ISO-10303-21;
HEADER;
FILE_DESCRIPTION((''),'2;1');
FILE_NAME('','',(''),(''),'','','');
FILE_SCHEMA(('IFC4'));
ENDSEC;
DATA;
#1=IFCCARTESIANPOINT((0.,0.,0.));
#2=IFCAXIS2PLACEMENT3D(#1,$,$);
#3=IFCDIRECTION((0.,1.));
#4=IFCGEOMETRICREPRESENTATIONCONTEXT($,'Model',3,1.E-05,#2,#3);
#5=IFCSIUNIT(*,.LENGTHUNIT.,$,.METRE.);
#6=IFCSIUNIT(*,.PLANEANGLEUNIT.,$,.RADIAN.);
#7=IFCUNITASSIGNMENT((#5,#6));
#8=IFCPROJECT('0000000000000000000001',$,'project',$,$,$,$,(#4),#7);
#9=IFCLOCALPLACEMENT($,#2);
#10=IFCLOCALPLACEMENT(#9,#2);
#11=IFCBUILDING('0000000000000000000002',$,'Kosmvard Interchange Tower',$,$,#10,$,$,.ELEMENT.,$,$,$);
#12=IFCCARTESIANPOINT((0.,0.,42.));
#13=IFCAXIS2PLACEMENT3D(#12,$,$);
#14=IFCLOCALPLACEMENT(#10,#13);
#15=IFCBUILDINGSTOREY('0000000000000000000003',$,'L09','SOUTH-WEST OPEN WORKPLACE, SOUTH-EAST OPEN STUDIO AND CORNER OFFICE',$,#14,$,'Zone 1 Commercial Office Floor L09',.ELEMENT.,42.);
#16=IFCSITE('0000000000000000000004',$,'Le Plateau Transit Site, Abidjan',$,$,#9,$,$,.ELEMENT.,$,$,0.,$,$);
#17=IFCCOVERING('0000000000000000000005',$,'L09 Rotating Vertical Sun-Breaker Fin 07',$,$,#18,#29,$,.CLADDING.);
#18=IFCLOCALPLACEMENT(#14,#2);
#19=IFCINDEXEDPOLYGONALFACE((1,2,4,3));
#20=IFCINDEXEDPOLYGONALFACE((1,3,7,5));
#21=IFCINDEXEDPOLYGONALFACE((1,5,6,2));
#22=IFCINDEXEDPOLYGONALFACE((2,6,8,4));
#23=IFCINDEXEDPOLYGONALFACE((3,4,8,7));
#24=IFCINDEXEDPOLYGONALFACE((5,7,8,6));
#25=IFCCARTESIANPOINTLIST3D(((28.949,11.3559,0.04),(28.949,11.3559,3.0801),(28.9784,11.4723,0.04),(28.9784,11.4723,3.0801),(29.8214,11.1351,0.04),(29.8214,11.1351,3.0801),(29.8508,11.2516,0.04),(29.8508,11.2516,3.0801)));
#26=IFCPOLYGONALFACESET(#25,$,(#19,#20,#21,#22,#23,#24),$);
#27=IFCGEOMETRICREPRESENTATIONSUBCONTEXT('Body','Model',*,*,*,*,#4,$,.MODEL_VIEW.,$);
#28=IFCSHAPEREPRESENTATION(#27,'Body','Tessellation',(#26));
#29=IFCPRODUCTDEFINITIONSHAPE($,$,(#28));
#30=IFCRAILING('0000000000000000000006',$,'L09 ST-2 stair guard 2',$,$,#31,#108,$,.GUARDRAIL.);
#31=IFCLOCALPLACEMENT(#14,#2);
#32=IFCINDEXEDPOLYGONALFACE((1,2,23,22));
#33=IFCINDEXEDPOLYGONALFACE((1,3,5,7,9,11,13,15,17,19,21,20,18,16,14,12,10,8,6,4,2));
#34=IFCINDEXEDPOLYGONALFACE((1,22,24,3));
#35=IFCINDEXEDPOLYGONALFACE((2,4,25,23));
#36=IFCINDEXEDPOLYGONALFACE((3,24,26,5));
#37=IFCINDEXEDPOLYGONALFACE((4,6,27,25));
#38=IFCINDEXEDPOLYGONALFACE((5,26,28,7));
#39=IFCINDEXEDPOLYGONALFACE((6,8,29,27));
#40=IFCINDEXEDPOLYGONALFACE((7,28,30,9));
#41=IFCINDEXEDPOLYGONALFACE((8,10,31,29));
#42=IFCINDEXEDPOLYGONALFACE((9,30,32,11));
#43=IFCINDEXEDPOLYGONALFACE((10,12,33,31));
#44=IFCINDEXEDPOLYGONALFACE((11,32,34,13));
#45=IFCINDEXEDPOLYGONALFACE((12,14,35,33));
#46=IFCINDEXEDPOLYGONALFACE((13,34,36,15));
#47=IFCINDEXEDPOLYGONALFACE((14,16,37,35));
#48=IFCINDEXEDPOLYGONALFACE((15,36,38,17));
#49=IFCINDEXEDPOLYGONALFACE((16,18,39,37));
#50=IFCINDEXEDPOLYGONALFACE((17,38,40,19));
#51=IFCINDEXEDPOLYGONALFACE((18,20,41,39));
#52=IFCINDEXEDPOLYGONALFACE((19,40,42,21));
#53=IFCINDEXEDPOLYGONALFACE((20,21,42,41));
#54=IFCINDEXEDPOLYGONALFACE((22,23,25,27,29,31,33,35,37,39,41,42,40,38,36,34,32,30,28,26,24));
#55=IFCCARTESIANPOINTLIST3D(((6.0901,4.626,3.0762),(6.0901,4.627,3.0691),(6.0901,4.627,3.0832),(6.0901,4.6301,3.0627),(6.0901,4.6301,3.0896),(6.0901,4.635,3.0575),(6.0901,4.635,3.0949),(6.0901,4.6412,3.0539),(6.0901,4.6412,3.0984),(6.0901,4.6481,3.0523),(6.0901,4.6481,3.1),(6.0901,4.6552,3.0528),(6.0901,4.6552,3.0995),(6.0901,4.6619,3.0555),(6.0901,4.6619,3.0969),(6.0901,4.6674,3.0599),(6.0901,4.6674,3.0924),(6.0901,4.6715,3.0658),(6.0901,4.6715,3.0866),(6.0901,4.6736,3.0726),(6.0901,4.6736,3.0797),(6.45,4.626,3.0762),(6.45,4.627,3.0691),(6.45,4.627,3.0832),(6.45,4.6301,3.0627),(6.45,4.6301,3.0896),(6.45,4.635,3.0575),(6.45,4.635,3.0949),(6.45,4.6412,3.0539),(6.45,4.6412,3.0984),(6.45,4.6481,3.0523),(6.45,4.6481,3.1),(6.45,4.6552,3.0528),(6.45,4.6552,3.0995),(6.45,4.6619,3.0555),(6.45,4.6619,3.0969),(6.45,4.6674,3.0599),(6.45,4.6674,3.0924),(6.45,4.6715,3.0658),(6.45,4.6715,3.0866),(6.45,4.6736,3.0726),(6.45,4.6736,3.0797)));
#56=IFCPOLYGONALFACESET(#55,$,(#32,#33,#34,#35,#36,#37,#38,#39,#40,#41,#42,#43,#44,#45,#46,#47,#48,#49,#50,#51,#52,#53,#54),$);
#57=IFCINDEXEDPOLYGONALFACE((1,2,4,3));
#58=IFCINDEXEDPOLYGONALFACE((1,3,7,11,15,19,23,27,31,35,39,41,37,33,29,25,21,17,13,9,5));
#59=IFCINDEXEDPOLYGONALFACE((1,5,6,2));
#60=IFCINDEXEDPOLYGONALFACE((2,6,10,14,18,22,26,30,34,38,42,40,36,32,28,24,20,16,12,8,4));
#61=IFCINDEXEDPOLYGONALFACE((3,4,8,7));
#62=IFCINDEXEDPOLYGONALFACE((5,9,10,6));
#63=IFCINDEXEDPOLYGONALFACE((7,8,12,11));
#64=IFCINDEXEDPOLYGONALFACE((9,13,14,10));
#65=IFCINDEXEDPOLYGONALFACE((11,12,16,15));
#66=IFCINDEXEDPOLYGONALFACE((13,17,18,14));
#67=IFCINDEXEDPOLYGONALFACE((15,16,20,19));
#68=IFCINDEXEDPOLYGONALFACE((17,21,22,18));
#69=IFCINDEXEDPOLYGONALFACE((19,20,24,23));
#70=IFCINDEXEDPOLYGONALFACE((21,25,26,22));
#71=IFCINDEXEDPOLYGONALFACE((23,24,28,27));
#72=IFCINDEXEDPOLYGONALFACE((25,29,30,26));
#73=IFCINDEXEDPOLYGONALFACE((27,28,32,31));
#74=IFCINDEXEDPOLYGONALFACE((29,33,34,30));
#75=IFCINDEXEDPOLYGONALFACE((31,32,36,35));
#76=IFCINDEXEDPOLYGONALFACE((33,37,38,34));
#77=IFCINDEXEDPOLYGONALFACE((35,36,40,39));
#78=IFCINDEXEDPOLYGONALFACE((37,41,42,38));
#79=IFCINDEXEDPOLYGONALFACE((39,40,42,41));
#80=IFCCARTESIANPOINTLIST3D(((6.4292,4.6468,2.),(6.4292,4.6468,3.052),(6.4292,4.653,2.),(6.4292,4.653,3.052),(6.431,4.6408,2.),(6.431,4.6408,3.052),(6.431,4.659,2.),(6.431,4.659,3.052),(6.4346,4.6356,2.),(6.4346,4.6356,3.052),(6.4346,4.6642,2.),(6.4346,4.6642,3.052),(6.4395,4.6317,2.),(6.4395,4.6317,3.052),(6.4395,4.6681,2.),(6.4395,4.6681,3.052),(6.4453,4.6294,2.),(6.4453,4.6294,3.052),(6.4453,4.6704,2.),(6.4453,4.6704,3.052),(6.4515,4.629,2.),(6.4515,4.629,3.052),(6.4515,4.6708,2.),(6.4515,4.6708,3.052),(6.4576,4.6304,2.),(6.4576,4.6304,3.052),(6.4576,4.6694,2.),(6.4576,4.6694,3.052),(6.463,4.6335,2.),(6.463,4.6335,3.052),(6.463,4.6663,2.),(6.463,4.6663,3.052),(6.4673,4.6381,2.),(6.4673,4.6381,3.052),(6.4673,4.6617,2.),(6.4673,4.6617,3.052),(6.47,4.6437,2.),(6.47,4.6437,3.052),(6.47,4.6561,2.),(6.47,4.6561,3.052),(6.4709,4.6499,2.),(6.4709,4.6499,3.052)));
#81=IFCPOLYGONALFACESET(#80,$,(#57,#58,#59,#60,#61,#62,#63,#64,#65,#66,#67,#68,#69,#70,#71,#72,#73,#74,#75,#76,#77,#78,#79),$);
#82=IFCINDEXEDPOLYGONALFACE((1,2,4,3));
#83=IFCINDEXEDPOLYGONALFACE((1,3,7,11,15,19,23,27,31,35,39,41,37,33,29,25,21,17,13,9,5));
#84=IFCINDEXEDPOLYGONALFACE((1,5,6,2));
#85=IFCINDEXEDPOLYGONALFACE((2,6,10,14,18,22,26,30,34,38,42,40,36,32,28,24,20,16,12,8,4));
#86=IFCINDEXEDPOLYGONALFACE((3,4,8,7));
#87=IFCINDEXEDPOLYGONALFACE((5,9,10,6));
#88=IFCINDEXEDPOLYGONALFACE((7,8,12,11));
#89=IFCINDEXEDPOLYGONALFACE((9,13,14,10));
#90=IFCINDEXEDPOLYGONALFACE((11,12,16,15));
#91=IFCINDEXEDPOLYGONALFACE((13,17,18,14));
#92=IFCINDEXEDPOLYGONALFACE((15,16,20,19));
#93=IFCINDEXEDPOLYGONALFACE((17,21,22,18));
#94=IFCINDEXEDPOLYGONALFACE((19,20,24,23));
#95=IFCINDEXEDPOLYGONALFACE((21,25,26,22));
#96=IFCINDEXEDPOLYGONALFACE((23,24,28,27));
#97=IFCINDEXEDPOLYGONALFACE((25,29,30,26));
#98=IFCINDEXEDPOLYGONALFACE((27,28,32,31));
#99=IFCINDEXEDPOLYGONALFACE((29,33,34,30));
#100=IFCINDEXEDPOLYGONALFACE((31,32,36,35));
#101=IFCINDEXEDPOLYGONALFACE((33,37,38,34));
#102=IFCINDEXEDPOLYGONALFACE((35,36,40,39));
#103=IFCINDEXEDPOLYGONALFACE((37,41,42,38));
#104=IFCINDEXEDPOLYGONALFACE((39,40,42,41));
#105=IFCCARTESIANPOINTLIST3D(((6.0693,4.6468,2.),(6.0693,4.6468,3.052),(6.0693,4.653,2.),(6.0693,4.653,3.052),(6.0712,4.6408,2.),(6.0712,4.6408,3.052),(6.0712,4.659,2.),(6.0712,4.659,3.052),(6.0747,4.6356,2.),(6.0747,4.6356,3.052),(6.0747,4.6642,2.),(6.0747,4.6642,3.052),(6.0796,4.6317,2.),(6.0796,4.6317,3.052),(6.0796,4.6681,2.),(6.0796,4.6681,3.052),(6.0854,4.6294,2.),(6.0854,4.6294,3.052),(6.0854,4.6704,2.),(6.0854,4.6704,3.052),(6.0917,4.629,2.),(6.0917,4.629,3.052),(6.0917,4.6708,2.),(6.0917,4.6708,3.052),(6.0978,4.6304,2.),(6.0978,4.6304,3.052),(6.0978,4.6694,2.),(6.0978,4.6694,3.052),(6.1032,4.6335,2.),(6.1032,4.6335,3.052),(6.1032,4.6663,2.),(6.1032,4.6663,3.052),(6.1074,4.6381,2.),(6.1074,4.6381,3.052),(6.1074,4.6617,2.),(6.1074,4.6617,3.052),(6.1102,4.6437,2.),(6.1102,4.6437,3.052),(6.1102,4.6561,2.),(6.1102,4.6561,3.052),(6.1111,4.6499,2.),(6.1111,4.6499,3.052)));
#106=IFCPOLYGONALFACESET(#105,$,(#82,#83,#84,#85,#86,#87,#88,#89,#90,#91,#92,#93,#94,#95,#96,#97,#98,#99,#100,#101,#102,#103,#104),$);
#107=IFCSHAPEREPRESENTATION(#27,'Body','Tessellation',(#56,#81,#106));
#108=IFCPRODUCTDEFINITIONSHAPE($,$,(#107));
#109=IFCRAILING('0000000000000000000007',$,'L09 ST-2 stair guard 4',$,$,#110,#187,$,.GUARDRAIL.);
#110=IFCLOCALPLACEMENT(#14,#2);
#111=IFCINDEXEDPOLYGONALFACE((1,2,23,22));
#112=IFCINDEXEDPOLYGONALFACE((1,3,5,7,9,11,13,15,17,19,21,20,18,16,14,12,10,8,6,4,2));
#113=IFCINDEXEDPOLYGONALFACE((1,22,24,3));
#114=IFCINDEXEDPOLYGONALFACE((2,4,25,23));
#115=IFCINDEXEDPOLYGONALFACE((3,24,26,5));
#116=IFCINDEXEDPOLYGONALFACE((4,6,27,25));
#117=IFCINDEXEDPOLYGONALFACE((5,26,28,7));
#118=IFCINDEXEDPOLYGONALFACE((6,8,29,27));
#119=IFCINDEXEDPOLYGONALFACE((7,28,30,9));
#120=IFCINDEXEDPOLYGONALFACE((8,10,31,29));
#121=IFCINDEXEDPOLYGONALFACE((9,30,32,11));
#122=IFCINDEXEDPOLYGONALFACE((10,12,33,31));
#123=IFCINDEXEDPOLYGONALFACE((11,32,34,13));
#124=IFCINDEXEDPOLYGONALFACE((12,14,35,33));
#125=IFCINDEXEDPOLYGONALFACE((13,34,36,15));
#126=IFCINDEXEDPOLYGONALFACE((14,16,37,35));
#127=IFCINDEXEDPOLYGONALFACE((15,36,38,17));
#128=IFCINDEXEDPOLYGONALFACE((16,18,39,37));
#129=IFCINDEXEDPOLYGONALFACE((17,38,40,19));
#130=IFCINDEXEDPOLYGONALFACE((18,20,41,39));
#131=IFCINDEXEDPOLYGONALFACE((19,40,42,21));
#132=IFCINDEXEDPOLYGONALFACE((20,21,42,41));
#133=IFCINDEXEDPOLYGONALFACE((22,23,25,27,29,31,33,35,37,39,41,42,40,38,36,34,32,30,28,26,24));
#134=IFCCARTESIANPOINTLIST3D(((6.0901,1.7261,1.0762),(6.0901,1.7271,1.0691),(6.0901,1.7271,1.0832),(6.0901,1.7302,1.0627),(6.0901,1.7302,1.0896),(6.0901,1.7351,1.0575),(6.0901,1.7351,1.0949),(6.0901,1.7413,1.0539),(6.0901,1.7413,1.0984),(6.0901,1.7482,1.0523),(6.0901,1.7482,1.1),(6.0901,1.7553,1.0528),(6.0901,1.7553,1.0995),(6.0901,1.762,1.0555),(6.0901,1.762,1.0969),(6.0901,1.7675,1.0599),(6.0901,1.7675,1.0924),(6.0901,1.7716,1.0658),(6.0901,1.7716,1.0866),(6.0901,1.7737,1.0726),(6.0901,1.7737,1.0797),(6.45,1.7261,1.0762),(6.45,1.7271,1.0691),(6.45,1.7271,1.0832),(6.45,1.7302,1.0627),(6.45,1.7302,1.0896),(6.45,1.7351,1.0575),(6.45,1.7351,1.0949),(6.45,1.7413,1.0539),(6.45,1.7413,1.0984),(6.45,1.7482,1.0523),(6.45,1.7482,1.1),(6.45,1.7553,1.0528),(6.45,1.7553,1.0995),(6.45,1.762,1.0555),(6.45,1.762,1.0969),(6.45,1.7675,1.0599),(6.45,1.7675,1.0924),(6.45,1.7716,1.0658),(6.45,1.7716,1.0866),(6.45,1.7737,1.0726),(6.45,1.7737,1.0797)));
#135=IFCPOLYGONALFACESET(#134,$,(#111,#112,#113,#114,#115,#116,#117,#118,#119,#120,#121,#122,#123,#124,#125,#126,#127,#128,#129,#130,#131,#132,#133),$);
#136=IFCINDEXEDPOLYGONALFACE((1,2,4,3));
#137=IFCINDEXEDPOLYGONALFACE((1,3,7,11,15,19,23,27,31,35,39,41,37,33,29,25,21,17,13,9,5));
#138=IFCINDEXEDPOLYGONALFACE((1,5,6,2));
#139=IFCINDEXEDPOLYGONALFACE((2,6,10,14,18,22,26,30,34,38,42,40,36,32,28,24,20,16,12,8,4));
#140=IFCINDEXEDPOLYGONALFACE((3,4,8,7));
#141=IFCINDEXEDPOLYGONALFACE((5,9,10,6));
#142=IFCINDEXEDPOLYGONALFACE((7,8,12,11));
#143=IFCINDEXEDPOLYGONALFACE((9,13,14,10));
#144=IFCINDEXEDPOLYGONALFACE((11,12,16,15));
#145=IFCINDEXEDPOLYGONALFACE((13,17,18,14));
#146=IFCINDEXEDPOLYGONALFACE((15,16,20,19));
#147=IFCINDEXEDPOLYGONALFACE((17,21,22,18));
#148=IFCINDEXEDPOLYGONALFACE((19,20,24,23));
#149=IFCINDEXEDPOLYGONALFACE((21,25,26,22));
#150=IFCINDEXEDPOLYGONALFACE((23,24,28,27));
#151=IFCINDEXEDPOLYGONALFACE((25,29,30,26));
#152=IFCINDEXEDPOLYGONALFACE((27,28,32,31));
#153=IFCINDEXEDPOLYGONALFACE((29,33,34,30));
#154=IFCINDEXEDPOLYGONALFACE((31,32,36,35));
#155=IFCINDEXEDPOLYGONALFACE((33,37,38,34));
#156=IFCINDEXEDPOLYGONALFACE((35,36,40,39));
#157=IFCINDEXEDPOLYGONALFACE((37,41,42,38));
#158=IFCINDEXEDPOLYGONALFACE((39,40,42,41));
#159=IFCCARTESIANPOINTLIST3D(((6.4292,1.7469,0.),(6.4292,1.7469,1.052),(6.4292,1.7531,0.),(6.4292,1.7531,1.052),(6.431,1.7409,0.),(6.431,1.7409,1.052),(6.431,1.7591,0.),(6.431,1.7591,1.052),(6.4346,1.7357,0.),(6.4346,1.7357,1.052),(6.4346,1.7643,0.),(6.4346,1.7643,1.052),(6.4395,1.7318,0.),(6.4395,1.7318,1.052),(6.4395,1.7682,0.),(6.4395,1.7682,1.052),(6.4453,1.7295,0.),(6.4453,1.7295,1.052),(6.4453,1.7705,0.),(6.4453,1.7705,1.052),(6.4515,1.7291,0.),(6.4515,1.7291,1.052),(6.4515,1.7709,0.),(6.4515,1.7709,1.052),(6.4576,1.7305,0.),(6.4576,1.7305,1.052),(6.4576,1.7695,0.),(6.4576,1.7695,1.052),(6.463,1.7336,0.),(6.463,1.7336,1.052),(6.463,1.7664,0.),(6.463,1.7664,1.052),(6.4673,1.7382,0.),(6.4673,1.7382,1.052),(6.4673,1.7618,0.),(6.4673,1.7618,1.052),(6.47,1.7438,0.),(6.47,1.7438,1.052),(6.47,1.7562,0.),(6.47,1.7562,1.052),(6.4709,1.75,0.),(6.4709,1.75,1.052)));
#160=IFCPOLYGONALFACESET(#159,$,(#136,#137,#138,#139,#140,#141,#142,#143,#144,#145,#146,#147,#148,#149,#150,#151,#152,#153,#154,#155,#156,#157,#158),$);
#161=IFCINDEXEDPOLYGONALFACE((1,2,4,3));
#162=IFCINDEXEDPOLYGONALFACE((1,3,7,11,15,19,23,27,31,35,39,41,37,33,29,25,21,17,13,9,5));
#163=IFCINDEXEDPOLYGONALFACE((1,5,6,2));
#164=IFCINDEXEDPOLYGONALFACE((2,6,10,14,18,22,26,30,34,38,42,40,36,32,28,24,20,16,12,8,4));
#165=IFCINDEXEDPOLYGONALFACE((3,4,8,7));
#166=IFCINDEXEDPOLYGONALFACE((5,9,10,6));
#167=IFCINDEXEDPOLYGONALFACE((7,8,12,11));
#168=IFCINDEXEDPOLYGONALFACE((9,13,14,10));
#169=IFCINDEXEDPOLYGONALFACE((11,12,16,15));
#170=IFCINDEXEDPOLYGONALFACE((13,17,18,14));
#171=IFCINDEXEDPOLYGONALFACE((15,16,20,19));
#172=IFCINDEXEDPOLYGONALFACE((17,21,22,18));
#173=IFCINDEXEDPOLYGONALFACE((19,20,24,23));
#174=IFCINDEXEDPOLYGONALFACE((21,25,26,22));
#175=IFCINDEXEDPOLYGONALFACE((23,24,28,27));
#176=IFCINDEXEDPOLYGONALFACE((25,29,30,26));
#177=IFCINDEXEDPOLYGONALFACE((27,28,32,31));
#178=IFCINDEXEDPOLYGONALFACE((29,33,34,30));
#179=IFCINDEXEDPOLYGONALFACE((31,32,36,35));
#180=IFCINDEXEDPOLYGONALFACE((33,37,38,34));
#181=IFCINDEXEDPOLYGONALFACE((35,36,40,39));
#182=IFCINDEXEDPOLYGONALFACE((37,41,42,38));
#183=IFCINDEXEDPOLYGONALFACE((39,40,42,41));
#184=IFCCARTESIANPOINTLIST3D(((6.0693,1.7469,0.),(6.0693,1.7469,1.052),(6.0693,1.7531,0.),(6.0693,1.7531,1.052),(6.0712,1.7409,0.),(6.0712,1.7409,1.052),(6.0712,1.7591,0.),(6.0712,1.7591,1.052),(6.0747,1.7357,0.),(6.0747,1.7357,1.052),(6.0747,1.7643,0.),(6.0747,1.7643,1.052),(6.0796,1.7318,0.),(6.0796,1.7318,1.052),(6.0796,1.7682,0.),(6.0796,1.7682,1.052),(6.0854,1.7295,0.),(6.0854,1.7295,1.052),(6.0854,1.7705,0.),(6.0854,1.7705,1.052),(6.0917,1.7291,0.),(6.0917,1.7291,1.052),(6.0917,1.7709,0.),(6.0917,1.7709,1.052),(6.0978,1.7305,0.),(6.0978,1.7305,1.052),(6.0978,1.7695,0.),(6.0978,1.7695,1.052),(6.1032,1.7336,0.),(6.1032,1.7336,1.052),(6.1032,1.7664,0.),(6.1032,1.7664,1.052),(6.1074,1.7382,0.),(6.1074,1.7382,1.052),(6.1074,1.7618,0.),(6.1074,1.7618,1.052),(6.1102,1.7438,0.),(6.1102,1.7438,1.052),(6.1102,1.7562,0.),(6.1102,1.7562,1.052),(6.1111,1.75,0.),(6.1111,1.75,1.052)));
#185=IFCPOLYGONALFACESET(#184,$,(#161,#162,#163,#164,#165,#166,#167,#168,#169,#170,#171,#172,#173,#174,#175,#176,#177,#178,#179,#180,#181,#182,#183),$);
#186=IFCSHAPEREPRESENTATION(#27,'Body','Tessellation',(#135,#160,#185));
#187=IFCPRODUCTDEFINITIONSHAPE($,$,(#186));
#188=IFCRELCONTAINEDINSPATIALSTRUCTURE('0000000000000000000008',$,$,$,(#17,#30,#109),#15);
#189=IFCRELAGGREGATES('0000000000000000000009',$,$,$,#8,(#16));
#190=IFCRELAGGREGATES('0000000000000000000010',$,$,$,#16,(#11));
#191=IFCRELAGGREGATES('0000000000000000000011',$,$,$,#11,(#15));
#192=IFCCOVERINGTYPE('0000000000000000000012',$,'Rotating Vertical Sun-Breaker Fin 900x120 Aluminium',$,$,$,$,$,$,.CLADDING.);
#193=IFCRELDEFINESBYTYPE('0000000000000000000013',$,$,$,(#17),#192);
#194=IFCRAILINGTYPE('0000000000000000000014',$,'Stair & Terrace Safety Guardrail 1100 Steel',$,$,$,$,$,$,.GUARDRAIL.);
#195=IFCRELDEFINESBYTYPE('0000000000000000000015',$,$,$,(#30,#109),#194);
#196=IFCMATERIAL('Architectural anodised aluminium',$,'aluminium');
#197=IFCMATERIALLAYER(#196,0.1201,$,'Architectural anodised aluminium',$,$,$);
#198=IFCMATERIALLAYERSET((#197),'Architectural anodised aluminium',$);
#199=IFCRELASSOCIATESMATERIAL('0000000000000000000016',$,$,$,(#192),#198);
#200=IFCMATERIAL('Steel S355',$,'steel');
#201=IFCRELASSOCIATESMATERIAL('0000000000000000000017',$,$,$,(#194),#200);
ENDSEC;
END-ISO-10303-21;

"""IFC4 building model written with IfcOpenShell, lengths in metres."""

from ifc_helpers import new_model, si_unit, direction, frame, origin, origin_2d, place, context, subcontext, project, spatial, rectangle, circle, extrude, source, transform, mapped, material, layer, layer_set, type_object, element, save


model = new_model("IFC4")

# Units and contexts
model_context = context("Model", 3, precision=1e-05, world=origin(), true_north=direction((0.0, 1.0)))
body_context = subcontext(model_context, "Body", "Model", "MODEL_VIEW")
ifc_project = project(units=[si_unit("LENGTHUNIT", "METRE"), si_unit("PLANEANGLEUNIT", "RADIAN")], contexts=[model_context])

# Site, building, storey
site_placement = place(None, origin())
site = spatial("IfcSite", under=ifc_project, at=site_placement, Name="Le Plateau Transit Site, Abidjan", CompositionType="ELEMENT", RefElevation=0.0)
building_placement = place(site_placement, origin())
building = spatial("IfcBuilding", under=site, at=building_placement, Name="Kosmvard Interchange Tower", CompositionType="ELEMENT")
storey_placement = place(building_placement, frame((0.0, 0.0, 42.0)))
storey = spatial("IfcBuildingStorey", under=building, at=storey_placement, Name="L09", Description="SOUTH-WEST OPEN WORKPLACE, SOUTH-EAST OPEN STUDIO AND CORNER OFFICE", LongName="Zone 1 Commercial Office Floor L09", CompositionType="ELEMENT", Elevation=42.0)

# Shared definitions
ifc_material_1 = material(Name="Steel S355", Category="steel")

# Covering
ifc_material_2 = material(Name="Architectural anodised aluminium", Category="aluminium")
ifc_layer_1 = layer(ifc_material_2, 0.1201, Name="Architectural anodised aluminium")
ifc_layer_set_1 = layer_set([ifc_layer_1], Name="Architectural anodised aluminium")
covering_type = type_object("IfcCoveringType", Name="Rotating Vertical Sun-Breaker Fin 900x120 Aluminium", PredefinedType="CLADDING", material=ifc_layer_set_1)
shared_shape_1 = source(origin(), body_context, "Body", "SweptSolid", [
    extrude(rectangle(XDim=0.8999, YDim=0.1201, at=origin_2d()), origin(), (0.0, 0.0, 1.0), 3.04),
])
covering_placement = place(storey_placement, frame((29.3999, 11.3037, 0.04), z_axis=(0.0, 0.0, 1.0), x_axis=(0.969445, -0.245307, 0.0)))
element("IfcCovering", 1, at=covering_placement, inside=storey, type_object=covering_type, Name="L09 Rotating Vertical Sun-Breaker Fin 07", PredefinedType="CLADDING", context=body_context, shape_type="MappedRepresentation", body=[
    mapped(shared_shape_1, transform((0.0, 0.0, 0.0), scale=1.0)),
])

# Railings
railing_type_1 = type_object("IfcRailingType", Name="Stair & Terrace Safety Guardrail 1100 Steel", PredefinedType="GUARDRAIL", material=ifc_material_1)
shared_shape_2 = source(origin(), body_context, "Body", "SweptSolid", [
    extrude(circle(Radius=0.0239, at=origin_2d()), frame((0.0, 0.0, 1.0762), z_axis=(-1.0, 0.0, 0.0), x_axis=(0.0, -1.0, 0.0)), (0.0, 0.0, 1.0), 0.3599),
    extrude(circle(Radius=0.021, at=origin_2d()), origin(), (0.0, 0.0, 1.0), 1.052),
    extrude(circle(Radius=0.021, at=origin_2d()), frame((-0.3599, 0.0, 0.0)), (0.0, 0.0, 1.0), 1.052),
])
for number, where, name in (
    (2, (6.45, 4.6499, 2.0), "L09 ST-2 stair guard 2"),
    (3, (6.45, 1.75, 0.0), "L09 ST-2 stair guard 4"),
):
    element("IfcRailing", number, at=place(storey_placement, frame(where)), inside=storey, type_object=railing_type_1, Name=name, PredefinedType="GUARDRAIL", context=body_context, shape_type="MappedRepresentation", body=[
        mapped(shared_shape_2, transform((0.0, 0.0, 0.0), scale=1.0)),
    ])

save(model, "model.ifc")
